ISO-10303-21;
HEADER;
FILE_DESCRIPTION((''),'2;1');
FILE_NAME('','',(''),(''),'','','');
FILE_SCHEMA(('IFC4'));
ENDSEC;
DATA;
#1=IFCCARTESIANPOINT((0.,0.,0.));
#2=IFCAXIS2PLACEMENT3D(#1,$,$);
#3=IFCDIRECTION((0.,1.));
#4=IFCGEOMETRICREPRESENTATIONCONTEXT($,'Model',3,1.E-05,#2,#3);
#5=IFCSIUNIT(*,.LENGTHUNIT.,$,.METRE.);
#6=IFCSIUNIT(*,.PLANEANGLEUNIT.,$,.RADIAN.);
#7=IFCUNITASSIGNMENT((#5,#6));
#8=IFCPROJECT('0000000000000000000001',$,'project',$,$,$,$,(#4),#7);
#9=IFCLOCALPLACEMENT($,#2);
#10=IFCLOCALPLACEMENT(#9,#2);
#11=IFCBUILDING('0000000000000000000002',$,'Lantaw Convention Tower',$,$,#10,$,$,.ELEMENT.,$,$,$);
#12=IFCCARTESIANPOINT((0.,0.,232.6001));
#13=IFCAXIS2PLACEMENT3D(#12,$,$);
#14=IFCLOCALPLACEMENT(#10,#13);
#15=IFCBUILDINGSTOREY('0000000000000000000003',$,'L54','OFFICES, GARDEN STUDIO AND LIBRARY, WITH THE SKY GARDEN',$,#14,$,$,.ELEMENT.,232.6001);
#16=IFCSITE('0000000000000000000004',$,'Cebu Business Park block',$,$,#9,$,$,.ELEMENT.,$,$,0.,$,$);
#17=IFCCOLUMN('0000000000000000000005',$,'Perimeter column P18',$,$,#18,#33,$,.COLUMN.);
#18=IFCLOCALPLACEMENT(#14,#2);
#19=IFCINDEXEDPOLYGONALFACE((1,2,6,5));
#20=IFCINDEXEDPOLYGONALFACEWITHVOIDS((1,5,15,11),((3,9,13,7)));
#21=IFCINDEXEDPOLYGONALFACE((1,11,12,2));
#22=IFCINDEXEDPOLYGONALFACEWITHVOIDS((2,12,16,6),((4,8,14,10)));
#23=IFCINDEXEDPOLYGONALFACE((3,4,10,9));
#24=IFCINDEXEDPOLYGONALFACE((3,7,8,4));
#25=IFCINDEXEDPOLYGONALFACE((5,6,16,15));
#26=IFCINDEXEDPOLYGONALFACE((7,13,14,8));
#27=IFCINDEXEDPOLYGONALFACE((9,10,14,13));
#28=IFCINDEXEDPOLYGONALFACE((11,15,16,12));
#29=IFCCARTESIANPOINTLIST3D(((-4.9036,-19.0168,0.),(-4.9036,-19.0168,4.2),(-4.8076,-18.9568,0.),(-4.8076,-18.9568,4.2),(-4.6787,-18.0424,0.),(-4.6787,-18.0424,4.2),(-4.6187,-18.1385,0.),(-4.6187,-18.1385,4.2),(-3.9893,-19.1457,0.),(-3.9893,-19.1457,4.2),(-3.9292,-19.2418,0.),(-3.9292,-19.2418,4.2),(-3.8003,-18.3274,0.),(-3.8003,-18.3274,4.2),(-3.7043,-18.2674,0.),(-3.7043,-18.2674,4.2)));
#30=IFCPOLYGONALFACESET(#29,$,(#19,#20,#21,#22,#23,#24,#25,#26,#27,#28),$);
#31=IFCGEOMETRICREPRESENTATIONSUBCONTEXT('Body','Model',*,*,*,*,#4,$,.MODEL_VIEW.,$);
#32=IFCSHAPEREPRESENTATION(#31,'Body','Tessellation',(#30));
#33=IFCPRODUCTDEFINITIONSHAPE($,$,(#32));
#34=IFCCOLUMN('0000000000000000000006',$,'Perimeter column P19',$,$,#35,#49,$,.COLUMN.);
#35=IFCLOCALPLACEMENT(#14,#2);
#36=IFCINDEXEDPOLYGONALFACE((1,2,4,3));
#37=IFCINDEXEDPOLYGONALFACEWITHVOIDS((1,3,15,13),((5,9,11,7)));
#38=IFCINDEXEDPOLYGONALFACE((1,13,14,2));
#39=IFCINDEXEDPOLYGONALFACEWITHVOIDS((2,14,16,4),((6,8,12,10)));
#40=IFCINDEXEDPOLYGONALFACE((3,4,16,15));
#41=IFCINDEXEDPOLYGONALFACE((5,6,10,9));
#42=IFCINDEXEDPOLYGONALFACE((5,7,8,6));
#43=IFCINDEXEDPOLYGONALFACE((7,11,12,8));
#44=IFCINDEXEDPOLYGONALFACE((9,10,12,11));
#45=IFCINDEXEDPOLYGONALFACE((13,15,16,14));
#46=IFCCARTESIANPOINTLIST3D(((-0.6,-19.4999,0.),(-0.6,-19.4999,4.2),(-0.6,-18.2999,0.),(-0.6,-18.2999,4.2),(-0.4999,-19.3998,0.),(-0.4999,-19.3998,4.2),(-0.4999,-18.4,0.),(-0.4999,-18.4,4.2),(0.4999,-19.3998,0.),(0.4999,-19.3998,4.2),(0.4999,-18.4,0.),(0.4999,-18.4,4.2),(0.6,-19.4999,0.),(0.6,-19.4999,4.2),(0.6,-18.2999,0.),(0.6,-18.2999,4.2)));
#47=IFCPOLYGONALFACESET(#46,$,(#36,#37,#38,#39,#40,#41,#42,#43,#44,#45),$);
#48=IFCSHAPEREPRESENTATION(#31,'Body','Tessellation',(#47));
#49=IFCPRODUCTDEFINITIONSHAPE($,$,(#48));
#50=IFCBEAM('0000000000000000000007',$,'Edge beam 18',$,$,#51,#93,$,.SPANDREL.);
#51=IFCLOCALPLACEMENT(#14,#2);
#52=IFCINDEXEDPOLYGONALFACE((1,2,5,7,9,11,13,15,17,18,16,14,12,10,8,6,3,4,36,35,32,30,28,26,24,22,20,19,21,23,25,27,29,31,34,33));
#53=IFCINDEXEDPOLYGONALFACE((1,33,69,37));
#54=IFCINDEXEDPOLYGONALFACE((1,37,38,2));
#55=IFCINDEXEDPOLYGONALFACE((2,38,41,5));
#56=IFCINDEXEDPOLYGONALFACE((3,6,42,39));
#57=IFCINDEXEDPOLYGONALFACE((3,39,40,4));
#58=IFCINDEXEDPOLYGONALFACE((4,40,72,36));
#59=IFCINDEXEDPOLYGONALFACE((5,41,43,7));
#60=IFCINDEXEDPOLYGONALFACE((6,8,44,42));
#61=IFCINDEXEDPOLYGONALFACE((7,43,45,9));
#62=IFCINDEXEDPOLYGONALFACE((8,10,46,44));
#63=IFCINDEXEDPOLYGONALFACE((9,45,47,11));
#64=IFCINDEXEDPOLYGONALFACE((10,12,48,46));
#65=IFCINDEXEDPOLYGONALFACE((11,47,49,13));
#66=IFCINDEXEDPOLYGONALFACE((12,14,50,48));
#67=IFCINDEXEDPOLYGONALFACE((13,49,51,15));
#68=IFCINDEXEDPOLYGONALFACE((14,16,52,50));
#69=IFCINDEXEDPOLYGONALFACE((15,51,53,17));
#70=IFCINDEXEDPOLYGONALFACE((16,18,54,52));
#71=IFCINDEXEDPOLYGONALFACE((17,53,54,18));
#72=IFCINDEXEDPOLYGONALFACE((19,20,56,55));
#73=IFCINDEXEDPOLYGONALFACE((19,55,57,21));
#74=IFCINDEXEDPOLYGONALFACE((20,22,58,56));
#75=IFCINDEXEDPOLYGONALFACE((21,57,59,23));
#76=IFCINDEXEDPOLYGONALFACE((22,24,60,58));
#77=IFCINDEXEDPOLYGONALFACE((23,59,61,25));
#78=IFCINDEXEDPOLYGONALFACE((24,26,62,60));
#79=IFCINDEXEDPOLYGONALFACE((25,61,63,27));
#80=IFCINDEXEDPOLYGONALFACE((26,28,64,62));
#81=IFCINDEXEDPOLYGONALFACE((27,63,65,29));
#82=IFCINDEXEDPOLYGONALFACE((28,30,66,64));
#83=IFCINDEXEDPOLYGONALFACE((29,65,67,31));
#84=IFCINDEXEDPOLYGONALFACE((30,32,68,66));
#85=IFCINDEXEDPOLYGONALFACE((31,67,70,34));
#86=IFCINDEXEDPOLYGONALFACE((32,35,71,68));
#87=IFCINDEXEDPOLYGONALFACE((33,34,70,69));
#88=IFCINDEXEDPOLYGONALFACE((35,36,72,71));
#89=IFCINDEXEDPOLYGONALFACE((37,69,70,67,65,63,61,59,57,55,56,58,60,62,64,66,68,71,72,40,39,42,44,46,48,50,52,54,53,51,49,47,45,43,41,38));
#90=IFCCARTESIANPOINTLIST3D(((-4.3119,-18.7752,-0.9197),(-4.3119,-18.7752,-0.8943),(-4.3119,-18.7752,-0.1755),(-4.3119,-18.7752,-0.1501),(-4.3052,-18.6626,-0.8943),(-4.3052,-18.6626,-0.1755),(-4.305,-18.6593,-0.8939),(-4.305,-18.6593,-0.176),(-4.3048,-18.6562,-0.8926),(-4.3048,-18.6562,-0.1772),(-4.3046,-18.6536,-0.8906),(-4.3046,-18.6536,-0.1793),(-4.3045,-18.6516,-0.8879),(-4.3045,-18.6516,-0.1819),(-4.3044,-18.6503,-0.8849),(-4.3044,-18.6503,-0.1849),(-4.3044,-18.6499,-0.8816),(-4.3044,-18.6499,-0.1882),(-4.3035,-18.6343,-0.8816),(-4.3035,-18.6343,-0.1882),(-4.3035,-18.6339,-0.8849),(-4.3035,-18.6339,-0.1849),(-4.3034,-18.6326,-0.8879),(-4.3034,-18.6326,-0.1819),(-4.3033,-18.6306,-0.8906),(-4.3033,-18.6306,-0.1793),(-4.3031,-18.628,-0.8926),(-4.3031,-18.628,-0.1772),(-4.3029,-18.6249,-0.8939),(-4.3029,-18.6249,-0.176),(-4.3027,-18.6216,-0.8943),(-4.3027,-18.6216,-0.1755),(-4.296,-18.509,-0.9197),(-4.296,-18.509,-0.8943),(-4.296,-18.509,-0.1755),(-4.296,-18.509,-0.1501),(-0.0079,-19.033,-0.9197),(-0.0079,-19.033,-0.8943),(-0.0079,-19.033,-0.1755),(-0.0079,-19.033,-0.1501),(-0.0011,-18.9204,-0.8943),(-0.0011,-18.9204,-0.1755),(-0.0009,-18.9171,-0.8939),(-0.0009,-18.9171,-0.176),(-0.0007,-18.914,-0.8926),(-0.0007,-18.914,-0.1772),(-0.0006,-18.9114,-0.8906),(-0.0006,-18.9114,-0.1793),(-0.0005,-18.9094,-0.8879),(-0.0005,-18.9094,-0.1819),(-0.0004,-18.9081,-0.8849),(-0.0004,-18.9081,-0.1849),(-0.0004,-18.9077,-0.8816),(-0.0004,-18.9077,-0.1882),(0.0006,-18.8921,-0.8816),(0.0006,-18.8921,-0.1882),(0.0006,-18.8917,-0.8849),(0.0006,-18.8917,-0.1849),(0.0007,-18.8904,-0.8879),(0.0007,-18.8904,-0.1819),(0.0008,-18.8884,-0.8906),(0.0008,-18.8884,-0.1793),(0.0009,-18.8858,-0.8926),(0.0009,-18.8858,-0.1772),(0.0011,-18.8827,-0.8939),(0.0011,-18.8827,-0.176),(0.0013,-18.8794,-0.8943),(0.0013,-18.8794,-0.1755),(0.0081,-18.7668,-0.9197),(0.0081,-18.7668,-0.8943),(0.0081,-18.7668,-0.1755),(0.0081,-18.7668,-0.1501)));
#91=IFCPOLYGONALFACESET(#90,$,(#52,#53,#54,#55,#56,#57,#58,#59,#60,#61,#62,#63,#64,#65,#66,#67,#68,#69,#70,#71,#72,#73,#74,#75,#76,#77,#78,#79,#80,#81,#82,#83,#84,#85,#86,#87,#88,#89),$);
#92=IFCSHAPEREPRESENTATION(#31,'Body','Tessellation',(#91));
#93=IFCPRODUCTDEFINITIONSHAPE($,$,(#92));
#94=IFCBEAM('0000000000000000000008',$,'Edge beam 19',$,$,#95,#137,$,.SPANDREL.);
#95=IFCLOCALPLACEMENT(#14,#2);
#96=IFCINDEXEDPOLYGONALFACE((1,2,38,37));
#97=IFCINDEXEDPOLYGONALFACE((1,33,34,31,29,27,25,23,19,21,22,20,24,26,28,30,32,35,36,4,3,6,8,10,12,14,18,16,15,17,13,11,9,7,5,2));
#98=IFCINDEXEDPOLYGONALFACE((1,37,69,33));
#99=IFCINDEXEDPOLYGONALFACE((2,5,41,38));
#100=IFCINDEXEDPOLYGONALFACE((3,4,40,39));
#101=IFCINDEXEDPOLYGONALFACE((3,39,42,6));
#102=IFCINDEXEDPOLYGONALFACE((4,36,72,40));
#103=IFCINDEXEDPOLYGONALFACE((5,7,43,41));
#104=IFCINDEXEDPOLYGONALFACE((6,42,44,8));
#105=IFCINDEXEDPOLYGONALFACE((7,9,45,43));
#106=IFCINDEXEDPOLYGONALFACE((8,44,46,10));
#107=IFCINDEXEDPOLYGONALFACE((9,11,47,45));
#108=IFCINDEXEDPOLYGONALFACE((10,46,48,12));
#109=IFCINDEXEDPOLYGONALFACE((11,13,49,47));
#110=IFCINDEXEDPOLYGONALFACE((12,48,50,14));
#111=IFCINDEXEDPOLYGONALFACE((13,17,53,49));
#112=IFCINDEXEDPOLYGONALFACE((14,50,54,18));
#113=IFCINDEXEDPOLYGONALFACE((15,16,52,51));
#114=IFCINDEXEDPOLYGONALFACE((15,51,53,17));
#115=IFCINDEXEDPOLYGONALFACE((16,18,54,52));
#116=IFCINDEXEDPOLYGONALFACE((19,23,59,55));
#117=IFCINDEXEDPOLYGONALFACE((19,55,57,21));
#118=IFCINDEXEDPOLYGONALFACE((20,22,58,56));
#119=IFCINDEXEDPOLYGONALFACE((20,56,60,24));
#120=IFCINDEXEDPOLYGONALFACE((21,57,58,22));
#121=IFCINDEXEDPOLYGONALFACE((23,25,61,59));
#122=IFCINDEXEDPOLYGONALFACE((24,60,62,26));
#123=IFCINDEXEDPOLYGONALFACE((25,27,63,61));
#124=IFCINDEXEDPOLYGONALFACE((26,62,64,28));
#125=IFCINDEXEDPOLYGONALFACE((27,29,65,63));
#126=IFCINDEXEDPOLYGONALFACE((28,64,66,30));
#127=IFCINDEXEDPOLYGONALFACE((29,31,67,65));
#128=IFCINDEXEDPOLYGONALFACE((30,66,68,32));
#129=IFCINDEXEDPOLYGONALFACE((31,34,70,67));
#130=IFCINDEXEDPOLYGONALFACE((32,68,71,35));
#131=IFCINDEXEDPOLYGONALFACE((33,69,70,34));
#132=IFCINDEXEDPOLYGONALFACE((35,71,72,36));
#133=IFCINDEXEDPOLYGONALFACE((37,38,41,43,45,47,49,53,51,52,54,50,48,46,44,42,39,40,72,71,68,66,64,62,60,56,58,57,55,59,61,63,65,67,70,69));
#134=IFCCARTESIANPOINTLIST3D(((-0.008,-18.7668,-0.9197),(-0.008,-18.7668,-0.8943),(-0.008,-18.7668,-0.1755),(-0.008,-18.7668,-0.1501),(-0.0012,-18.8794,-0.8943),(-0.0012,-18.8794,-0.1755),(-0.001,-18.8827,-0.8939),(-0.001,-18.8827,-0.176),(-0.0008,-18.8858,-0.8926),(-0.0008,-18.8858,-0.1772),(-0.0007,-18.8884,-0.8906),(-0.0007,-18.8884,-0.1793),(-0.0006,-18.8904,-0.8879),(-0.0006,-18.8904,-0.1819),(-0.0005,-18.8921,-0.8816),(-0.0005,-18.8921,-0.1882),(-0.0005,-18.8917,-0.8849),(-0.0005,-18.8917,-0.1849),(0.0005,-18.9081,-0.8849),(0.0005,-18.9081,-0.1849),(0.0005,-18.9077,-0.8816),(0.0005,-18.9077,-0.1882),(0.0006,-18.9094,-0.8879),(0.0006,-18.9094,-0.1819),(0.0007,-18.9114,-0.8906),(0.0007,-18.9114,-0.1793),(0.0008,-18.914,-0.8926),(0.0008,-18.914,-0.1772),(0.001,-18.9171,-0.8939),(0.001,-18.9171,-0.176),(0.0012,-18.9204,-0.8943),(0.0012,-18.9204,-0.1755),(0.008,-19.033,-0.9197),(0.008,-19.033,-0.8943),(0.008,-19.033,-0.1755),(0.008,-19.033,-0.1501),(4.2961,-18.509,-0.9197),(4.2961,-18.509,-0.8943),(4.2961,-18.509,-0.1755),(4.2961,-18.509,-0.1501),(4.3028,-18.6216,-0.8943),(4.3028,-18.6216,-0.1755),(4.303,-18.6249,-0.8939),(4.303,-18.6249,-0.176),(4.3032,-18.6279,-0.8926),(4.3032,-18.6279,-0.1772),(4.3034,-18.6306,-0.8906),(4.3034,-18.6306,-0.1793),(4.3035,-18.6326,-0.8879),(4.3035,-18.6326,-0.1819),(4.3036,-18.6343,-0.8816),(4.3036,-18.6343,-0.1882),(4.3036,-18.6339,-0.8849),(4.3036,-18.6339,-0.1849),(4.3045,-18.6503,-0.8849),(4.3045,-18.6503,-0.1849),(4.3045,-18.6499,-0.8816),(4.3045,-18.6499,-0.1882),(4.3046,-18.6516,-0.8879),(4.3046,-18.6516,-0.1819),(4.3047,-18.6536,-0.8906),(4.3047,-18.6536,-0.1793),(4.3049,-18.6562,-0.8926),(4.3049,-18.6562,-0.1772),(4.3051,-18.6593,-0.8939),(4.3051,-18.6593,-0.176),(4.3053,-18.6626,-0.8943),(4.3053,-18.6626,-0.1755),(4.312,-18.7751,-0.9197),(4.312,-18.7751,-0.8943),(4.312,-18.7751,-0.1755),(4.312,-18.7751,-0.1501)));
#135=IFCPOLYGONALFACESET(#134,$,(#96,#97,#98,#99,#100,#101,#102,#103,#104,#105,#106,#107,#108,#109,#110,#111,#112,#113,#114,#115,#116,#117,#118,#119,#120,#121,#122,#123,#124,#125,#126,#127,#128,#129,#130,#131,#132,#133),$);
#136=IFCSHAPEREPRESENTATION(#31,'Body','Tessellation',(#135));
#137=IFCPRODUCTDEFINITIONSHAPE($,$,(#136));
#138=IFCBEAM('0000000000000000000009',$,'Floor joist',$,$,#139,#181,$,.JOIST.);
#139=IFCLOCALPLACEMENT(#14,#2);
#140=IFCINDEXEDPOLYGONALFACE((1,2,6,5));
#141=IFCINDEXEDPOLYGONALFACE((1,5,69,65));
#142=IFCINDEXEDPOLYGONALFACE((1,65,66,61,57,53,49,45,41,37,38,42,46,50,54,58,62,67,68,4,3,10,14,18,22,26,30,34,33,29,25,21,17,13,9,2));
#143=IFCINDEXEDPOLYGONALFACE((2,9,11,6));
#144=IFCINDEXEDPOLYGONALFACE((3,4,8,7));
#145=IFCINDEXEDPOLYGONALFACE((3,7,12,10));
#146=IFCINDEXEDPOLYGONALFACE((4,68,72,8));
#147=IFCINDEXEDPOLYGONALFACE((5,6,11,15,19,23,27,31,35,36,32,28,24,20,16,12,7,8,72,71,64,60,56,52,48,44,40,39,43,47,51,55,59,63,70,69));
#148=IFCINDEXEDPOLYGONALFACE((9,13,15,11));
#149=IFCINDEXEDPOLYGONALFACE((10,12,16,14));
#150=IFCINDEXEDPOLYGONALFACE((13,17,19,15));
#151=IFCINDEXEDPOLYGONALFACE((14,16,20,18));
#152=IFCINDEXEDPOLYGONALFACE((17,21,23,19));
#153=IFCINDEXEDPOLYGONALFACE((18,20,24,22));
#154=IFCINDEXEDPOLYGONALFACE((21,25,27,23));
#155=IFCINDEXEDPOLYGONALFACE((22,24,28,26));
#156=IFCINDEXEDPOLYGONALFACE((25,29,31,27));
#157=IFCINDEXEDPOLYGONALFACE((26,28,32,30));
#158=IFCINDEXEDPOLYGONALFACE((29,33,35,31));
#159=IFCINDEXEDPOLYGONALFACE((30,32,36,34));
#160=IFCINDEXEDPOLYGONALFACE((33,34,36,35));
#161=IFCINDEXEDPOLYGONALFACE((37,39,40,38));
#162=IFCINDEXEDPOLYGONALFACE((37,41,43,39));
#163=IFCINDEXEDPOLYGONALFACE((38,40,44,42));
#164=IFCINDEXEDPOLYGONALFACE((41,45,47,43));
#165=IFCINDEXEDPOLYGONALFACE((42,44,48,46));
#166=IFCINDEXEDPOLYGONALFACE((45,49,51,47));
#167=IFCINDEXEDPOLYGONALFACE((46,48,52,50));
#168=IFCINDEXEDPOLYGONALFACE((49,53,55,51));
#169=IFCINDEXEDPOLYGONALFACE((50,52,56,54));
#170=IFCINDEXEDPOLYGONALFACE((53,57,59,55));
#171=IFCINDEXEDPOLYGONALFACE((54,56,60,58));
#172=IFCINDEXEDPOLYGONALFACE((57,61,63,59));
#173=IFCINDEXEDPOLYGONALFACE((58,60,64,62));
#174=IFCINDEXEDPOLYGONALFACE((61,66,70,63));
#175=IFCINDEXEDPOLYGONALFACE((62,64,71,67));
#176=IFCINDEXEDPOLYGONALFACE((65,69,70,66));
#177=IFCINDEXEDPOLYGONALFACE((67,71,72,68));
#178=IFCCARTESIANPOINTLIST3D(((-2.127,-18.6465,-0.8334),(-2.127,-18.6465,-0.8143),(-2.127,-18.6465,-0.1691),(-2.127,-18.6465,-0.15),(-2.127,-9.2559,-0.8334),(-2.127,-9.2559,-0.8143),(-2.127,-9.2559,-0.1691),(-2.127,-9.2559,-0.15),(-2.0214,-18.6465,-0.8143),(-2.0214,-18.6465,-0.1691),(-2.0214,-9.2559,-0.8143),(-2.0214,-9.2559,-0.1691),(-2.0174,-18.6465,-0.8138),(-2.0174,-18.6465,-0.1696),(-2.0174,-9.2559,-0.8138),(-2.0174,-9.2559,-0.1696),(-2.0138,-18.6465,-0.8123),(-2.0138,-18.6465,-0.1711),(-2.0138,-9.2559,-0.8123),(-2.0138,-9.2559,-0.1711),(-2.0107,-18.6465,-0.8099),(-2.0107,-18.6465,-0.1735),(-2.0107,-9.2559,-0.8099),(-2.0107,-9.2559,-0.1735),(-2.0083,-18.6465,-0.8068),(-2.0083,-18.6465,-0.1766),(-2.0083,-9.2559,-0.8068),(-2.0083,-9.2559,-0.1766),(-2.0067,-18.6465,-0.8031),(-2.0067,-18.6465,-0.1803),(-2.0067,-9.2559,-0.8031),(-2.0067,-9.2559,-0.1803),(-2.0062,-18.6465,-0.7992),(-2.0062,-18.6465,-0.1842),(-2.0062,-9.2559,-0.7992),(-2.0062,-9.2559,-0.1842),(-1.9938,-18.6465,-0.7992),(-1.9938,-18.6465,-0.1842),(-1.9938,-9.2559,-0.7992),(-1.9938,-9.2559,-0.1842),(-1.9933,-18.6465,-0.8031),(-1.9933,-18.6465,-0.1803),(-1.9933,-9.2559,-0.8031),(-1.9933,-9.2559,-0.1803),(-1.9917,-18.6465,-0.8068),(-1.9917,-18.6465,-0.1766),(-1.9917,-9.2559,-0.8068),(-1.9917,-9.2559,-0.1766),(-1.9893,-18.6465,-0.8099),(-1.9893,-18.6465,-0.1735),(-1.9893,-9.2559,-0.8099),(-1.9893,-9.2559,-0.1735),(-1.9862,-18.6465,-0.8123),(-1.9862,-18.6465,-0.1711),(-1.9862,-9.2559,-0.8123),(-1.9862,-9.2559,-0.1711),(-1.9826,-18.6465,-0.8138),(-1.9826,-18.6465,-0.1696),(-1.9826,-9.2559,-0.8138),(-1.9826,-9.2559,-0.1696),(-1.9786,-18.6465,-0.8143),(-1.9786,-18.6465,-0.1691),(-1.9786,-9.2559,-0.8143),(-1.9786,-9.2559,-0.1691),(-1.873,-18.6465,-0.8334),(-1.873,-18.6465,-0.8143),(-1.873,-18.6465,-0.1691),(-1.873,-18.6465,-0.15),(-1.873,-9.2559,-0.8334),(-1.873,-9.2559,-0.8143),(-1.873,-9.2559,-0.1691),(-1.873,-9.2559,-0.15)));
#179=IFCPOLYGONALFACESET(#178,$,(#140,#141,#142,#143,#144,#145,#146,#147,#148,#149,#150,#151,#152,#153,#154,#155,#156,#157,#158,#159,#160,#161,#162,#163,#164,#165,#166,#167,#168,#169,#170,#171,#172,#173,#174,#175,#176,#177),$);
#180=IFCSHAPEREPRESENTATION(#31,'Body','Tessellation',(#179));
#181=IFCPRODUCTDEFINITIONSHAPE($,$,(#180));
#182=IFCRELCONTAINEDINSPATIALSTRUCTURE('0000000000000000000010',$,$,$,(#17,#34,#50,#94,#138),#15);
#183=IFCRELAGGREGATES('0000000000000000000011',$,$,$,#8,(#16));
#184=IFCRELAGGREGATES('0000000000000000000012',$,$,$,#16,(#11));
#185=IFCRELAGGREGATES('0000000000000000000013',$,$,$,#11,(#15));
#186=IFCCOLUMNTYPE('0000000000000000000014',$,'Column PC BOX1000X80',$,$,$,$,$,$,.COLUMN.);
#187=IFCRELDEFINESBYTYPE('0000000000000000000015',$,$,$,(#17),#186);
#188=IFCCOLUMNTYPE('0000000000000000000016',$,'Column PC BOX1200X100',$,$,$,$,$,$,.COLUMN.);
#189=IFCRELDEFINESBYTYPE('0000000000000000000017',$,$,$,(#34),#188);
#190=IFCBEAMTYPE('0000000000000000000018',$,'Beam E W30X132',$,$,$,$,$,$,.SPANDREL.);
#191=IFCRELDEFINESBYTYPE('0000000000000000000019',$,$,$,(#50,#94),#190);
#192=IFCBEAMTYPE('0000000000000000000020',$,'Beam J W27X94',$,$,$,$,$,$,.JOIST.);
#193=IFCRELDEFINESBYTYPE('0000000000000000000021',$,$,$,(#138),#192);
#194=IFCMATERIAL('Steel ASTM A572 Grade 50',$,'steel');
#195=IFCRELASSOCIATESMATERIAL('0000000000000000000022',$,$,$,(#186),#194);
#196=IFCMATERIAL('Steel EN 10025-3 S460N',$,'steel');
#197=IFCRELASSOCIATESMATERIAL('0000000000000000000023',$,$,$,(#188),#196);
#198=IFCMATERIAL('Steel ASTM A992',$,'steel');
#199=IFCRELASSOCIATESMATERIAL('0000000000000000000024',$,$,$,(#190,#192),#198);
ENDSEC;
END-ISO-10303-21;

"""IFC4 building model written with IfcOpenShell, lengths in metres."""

from ifc_helpers import new_model, si_unit, direction, frame, origin, origin_2d, place, context, subcontext, project, spatial, rectangle, hollow_rectangle, i_section, extrude, material, material_profile, profile_set, type_object, element, save


model = new_model("IFC4")

# Units and contexts
model_context = context("Model", 3, precision=1e-05, world=origin(), true_north=direction((0.0, 1.0)))
body_context = subcontext(model_context, "Body", "Model", "MODEL_VIEW")
ifc_project = project(units=[si_unit("LENGTHUNIT", "METRE"), si_unit("PLANEANGLEUNIT", "RADIAN")], contexts=[model_context])

# Site, building, storey
site_placement = place(None, origin())
site = spatial("IfcSite", under=ifc_project, at=site_placement, Name="Cebu Business Park block", CompositionType="ELEMENT", RefElevation=0.0)
building_placement = place(site_placement, origin())
building = spatial("IfcBuilding", under=site, at=building_placement, Name="Lantaw Convention Tower", CompositionType="ELEMENT")
storey_placement = place(building_placement, frame((0.0, 0.0, 232.6001)))
storey = spatial("IfcBuildingStorey", under=building, at=storey_placement, Name="L54", Description="OFFICES, GARDEN STUDIO AND LIBRARY, WITH THE SKY GARDEN", CompositionType="ELEMENT", Elevation=232.6001)

# Columns
ifc_material_1 = material(Name="Steel ASTM A572 Grade 50", Category="steel")
ifc_material_profile_1 = material_profile(ifc_material_1, hollow_rectangle(XDim=1.0, YDim=1.0, WallThickness=0.0801, at=origin_2d()), Name="BOX1000X80")
ifc_material_2 = material(Name="Concrete C60/75", Category="concrete")
ifc_material_profile_2 = material_profile(ifc_material_2, rectangle(XDim=0.8401, YDim=0.8401, at=origin_2d()), Name="Concrete fill of BOX1000X80")
ifc_profile_set_1 = profile_set([ifc_material_profile_1, ifc_material_profile_2], Name="Steel ASTM A572 Grade 50")
column_type_1 = type_object("IfcColumnType", Name="Column PC BOX1000X80", PredefinedType="COLUMN", material=ifc_profile_set_1)
column_1_placement = place(storey_placement, frame((-4.304, -18.6421, 0.0), z_axis=(0.0, 0.0, 1.0), x_axis=(0.224951, 0.97437, 0.0)))
element("IfcColumn", 1, at=column_1_placement, inside=storey, type_object=column_type_1, Name="Perimeter column P18", PredefinedType="COLUMN", context=body_context, shape_type="SweptSolid", body=[
    extrude(hollow_rectangle(XDim=1.0, YDim=1.0, WallThickness=0.0801, at=origin_2d()), origin(), (0.0, 0.0, 1.0), 4.2),
])
ifc_material_3 = material(Name="Steel EN 10025-3 S460N", Category="steel")
ifc_material_profile_3 = material_profile(ifc_material_3, hollow_rectangle(XDim=1.2, YDim=1.2, WallThickness=0.1001, at=origin_2d()), Name="BOX1200X100")
ifc_material_profile_4 = material_profile(ifc_material_2, rectangle(XDim=1.0, YDim=1.0, at=origin_2d()), Name="Concrete fill of BOX1200X100")
ifc_profile_set_2 = profile_set([ifc_material_profile_3, ifc_material_profile_4], Name="Steel EN 10025-3 S460N")
column_type_2 = type_object("IfcColumnType", Name="Column PC BOX1200X100", PredefinedType="COLUMN", material=ifc_profile_set_2)
column_2_placement = place(storey_placement, frame((0.0, -18.8999, 0.0), z_axis=(0.0, 0.0, 1.0), x_axis=(1.0, 0.0, 0.0)))
element("IfcColumn", 2, at=column_2_placement, inside=storey, type_object=column_type_2, Name="Perimeter column P19", PredefinedType="COLUMN", context=body_context, shape_type="SweptSolid", body=[
    extrude(hollow_rectangle(XDim=1.2, YDim=1.2, WallThickness=0.1001, at=origin_2d()), origin(), (0.0, 0.0, 1.0), 4.2),
])

# Beams
ifc_material_4 = material(Name="Steel ASTM A992", Category="steel")
ifc_material_profile_5 = material_profile(ifc_material_4, i_section(OverallWidth=0.2666, OverallDepth=0.7695, WebThickness=0.0156, FlangeThickness=0.0254, FilletRadius=0.0127, at=origin_2d()), Name="W30X132")
ifc_profile_set_3 = profile_set([ifc_material_profile_5], Name="Steel ASTM A992")
beam_type_1 = type_object("IfcBeamType", Name="Beam E W30X132", PredefinedType="SPANDREL", material=ifc_profile_set_3)
for number, where, z_axis, x_axis, name in (
    (3, (-4.304, -18.6421, -0.5349), (0.998211, -0.059794, 0.0), (0.059794, 0.998211, 0.0), "Edge beam 18"),
    (4, (0.0, -18.8999, -0.5349), (0.998211, 0.059794, 0.0), (-0.059794, 0.998211, 0.0), "Edge beam 19"),
):
    element("IfcBeam", number, at=place(storey_placement, frame(where, z_axis=z_axis, x_axis=x_axis)), inside=storey, type_object=beam_type_1, Name=name, PredefinedType="SPANDREL", context=body_context, shape_type="SweptSolid", body=[
        extrude(i_section(OverallWidth=0.2666, OverallDepth=0.7695, WebThickness=0.0156, FlangeThickness=0.0254, FilletRadius=0.0127, at=origin_2d()), origin(), (0.0, 0.0, 1.0), 4.3118),
    ])
ifc_material_profile_6 = material_profile(ifc_material_4, i_section(OverallWidth=0.2539, OverallDepth=0.6833, WebThickness=0.0125, FlangeThickness=0.019, FilletRadius=0.0151, at=origin_2d()), Name="W27X94")
ifc_profile_set_4 = profile_set([ifc_material_profile_6], Name="Steel ASTM A992")
beam_type_2 = type_object("IfcBeamType", Name="Beam J W27X94", PredefinedType="JOIST", material=ifc_profile_set_4)
beam_placement = place(storey_placement, frame((-2.0, -18.6465, -0.4917), z_axis=(0.0, 1.0, 0.0), x_axis=(-1.0, 0.0, 0.0)))
element("IfcBeam", 5, at=beam_placement, inside=storey, type_object=beam_type_2, Name="Floor joist", PredefinedType="JOIST", context=body_context, shape_type="SweptSolid", body=[
    extrude(i_section(OverallWidth=0.2539, OverallDepth=0.6833, WebThickness=0.0125, FlangeThickness=0.019, FilletRadius=0.0151, at=origin_2d()), origin(), (0.0, 0.0, 1.0), 9.3906),
])

save(model, "model.ifc")
